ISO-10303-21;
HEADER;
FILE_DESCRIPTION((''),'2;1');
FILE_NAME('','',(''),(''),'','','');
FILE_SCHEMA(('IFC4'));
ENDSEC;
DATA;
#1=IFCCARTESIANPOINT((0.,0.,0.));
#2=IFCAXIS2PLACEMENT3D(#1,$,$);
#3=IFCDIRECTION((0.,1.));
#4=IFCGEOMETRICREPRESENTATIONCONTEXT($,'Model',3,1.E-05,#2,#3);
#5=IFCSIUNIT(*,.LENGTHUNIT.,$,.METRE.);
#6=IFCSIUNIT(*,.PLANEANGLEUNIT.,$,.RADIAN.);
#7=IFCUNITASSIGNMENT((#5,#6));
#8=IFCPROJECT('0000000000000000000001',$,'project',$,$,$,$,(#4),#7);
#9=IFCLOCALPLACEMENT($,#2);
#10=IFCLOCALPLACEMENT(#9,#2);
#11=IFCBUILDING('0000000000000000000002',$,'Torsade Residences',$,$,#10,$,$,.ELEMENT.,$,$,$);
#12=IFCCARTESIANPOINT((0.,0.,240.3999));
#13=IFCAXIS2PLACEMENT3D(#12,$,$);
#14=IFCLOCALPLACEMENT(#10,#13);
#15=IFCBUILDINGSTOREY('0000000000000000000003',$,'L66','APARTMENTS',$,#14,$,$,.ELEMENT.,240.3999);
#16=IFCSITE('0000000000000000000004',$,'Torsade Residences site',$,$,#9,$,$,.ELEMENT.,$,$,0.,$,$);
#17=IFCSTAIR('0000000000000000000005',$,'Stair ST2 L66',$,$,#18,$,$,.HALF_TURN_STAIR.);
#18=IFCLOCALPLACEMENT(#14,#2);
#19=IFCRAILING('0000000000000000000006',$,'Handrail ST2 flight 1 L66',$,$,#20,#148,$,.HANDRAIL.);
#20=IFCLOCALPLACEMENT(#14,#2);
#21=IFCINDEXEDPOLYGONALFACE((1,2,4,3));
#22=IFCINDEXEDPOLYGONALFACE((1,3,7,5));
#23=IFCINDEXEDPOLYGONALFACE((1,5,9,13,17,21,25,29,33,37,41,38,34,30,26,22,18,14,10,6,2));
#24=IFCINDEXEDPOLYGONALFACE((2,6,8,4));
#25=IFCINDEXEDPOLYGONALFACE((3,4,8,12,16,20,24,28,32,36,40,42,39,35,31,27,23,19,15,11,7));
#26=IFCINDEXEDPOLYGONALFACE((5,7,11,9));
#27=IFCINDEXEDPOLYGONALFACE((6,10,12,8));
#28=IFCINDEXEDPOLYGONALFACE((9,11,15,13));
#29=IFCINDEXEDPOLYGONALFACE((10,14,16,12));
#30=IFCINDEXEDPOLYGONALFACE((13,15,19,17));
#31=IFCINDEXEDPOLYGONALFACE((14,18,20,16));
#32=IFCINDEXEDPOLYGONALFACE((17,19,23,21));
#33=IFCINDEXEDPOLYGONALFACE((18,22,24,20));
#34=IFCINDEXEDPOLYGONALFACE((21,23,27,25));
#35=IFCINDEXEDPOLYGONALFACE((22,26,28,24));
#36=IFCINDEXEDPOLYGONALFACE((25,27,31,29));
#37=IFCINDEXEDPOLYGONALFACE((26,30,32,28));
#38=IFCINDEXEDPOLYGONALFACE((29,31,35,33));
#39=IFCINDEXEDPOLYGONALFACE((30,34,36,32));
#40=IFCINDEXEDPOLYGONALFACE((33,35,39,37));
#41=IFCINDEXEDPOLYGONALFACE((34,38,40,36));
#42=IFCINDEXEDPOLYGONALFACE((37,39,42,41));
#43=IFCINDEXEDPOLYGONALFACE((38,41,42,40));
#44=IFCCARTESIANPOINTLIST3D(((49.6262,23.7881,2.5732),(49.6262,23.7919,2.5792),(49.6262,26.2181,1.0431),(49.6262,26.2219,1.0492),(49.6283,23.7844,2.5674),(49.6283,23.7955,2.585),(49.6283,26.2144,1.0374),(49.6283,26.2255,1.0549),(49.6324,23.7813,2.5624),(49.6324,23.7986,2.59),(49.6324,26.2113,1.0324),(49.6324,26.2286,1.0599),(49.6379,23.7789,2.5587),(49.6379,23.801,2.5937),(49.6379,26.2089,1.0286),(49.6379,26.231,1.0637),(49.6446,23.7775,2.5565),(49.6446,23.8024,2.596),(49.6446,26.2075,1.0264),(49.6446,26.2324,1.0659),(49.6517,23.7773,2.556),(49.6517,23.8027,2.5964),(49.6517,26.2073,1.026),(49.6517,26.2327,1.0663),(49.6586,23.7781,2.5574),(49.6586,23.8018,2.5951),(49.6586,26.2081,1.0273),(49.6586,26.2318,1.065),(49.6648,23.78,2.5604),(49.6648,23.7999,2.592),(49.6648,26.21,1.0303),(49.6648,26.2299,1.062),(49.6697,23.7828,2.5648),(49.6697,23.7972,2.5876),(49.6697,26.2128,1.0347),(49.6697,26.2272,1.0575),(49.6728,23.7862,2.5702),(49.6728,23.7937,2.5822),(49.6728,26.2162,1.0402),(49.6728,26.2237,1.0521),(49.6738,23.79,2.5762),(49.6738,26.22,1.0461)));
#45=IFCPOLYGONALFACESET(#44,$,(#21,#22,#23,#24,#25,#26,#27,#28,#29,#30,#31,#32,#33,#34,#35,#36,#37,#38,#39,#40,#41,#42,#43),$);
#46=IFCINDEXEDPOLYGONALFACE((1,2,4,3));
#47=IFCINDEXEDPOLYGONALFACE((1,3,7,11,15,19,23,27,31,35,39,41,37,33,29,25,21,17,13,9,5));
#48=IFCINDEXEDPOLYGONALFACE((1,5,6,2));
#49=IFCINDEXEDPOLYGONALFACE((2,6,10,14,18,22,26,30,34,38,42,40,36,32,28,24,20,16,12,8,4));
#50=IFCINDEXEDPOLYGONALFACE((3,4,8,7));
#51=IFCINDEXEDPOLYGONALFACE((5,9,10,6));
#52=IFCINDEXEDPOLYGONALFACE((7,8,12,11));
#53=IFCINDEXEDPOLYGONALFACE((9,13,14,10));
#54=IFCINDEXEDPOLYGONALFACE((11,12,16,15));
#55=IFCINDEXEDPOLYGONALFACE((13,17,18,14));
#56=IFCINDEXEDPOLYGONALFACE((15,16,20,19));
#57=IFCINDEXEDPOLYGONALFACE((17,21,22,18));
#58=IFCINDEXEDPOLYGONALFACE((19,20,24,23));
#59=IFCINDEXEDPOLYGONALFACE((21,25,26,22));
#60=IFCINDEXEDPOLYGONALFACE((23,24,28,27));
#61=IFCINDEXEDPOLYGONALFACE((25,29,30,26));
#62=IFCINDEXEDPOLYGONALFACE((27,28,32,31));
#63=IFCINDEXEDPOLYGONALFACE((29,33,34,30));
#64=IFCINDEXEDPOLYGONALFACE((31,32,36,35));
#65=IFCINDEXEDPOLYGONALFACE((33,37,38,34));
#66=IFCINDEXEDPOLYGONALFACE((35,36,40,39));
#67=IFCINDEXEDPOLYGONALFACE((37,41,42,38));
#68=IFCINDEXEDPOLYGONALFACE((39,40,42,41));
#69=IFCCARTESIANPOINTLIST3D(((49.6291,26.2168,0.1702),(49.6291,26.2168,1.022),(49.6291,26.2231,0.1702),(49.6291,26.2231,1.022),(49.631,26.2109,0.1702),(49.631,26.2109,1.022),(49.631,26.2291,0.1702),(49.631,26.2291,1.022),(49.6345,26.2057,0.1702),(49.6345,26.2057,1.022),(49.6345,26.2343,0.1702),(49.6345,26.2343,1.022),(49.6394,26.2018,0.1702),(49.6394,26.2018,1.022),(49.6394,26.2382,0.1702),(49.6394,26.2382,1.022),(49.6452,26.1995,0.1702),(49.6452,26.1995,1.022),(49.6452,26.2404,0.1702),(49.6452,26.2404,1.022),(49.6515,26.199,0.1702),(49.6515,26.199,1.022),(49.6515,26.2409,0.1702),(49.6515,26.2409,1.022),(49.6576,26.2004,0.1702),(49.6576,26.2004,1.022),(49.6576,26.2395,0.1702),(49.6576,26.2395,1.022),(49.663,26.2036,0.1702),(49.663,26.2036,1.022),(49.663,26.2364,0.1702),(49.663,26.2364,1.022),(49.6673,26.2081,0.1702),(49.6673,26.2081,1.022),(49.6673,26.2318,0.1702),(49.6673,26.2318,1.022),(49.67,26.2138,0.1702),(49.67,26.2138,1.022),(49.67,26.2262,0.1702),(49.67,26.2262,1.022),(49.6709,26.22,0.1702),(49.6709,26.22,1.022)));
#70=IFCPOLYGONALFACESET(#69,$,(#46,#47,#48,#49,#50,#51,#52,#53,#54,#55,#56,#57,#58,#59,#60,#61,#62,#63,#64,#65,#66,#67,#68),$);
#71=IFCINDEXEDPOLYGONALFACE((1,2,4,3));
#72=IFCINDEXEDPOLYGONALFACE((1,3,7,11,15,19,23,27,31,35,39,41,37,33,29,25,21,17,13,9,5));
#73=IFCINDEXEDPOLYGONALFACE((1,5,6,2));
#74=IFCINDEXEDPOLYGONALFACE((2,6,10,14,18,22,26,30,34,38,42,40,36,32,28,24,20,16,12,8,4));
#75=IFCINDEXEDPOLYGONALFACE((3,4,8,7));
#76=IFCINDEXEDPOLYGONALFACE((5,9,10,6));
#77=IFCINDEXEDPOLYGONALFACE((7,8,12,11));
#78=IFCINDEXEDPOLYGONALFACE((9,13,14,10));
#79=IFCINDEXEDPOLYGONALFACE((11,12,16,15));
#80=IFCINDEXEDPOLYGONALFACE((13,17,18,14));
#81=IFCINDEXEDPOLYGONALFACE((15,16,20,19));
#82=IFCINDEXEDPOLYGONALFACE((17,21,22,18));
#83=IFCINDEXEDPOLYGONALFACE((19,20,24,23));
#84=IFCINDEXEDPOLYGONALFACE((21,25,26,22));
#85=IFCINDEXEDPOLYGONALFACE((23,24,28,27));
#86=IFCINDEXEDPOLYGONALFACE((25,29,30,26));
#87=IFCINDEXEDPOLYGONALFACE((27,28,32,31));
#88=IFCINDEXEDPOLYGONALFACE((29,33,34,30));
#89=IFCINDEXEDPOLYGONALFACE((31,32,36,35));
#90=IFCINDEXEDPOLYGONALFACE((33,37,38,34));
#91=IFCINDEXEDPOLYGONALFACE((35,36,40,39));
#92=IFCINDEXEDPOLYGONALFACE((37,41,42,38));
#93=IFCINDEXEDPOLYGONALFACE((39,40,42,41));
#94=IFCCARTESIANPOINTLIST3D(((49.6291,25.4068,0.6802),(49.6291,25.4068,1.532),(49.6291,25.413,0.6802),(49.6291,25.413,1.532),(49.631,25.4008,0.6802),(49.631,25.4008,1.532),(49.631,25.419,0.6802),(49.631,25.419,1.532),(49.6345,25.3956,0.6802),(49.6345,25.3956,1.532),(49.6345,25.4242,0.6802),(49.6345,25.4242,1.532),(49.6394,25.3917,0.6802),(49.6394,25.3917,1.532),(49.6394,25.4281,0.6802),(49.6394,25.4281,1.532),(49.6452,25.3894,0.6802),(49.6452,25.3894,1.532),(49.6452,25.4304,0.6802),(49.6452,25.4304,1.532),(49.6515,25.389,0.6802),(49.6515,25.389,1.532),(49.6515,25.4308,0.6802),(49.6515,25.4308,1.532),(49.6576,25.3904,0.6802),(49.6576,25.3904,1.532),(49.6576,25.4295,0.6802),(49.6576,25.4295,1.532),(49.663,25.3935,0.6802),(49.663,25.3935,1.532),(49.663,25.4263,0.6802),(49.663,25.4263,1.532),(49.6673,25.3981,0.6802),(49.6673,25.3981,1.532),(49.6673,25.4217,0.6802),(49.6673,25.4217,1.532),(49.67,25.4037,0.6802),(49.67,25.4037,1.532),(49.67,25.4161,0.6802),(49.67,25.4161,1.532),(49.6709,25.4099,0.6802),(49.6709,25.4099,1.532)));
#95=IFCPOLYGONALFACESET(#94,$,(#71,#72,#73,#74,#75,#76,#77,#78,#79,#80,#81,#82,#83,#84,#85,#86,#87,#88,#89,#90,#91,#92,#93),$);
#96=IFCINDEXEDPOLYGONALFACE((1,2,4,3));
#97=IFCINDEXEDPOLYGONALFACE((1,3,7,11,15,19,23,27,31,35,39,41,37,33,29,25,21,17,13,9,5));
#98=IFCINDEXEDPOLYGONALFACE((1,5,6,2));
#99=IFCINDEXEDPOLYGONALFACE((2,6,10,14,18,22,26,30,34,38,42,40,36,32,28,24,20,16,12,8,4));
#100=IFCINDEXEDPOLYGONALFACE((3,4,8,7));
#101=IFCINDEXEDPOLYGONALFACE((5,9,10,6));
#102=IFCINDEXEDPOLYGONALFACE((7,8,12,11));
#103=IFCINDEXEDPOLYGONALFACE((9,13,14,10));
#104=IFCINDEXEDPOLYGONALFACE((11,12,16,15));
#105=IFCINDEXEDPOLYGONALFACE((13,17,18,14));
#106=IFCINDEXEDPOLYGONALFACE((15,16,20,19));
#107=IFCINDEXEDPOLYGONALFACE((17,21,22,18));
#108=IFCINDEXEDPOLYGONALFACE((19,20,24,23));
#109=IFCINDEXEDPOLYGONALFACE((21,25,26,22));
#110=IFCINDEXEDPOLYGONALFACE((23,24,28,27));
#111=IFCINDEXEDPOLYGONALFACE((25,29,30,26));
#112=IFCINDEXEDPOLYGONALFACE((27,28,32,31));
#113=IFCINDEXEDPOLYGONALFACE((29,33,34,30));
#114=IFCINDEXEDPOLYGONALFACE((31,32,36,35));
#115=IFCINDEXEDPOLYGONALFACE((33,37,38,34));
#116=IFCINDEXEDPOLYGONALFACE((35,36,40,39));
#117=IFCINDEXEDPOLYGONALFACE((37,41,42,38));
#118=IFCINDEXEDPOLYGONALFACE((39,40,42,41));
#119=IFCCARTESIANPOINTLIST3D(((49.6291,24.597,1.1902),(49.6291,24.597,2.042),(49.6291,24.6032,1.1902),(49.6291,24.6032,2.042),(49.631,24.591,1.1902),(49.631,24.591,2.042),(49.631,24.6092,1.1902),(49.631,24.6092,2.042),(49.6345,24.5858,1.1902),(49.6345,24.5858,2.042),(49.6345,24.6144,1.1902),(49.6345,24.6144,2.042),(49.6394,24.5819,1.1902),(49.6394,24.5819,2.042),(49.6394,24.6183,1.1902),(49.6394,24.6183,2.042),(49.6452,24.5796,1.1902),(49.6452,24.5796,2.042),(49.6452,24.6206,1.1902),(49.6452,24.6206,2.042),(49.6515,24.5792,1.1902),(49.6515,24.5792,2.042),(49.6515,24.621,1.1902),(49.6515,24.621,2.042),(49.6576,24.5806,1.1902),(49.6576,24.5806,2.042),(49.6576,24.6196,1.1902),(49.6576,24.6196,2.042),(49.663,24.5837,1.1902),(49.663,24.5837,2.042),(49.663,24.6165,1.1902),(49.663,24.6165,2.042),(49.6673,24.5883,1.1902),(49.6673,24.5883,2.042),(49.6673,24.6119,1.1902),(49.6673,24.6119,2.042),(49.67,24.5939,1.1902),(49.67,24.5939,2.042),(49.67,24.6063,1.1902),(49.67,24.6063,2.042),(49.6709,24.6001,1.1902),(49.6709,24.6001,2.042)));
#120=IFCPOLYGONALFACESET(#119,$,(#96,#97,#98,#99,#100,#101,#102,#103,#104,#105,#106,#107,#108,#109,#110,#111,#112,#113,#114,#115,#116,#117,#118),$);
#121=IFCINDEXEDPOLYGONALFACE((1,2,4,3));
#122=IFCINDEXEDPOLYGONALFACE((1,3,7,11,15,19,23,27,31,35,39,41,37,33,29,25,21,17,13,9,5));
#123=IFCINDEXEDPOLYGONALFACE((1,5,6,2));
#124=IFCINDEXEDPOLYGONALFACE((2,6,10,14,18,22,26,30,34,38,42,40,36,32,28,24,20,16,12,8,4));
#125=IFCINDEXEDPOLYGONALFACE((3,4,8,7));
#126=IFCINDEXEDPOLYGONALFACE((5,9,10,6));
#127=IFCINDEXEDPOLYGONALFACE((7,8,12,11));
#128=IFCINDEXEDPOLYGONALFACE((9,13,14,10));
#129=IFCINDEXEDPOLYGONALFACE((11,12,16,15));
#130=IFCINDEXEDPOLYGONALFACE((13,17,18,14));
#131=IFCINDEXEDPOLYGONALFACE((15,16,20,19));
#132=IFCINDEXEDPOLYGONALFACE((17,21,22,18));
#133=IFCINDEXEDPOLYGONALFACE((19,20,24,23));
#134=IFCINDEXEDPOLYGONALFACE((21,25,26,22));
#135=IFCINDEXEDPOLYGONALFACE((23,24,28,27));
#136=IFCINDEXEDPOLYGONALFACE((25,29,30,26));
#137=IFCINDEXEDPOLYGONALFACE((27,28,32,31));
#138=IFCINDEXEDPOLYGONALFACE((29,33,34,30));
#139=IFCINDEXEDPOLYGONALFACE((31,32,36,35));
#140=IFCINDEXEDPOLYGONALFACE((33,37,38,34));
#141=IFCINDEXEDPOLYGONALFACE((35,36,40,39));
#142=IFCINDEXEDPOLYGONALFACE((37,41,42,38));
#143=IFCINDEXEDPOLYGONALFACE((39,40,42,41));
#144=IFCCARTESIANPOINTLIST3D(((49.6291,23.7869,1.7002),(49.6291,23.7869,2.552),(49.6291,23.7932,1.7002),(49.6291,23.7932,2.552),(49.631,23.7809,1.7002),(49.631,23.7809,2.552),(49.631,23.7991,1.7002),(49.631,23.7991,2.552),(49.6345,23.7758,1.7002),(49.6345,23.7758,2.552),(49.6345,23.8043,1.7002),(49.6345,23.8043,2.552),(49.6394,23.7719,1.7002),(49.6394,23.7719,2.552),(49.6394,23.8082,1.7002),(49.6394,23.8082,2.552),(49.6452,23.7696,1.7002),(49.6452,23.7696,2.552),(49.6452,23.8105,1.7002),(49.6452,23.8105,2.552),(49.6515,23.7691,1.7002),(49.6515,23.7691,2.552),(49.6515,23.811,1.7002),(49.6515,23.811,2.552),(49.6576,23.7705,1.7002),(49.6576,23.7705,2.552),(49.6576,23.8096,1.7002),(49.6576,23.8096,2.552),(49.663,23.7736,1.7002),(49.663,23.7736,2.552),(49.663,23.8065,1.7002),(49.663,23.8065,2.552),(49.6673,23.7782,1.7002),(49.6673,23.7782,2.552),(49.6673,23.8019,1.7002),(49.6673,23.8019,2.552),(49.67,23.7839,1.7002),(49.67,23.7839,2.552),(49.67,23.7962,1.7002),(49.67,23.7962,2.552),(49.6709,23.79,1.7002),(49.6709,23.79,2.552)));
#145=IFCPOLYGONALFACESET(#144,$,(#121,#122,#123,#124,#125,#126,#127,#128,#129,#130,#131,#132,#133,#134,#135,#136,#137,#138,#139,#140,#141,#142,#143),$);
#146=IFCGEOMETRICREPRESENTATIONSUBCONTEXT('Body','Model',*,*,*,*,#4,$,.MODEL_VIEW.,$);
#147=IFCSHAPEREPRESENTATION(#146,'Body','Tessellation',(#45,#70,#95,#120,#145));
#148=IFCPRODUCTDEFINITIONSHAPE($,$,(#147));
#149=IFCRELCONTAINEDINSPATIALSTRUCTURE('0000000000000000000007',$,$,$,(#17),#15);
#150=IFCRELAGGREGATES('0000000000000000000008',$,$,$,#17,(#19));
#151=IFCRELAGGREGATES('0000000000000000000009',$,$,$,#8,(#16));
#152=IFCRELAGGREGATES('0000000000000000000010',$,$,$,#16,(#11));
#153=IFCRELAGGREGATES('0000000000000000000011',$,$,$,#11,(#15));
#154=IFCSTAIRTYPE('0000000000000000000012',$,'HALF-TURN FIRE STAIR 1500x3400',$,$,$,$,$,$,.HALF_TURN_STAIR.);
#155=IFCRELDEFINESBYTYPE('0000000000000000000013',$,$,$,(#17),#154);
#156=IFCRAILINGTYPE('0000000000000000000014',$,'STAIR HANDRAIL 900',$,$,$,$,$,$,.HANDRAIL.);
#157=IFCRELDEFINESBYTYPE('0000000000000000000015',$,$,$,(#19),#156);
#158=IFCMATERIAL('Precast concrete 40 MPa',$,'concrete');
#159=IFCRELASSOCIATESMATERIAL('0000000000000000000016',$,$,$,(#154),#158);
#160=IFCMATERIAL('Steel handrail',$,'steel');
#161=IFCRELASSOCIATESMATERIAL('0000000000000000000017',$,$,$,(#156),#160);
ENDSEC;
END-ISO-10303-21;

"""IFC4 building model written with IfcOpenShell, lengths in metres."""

from ifc_helpers import new_model, si_unit, direction, frame, origin, origin_2d, place, context, subcontext, project, spatial, circle, extrude, material, type_object, element, aggregate, save


model = new_model("IFC4")

# Units and contexts
model_context = context("Model", 3, precision=1e-05, world=origin(), true_north=direction((0.0, 1.0)))
body_context = subcontext(model_context, "Body", "Model", "MODEL_VIEW")
ifc_project = project(units=[si_unit("LENGTHUNIT", "METRE"), si_unit("PLANEANGLEUNIT", "RADIAN")], contexts=[model_context])

# Site, building, storey
site_placement = place(None, origin())
site = spatial("IfcSite", under=ifc_project, at=site_placement, Name="Torsade Residences site", CompositionType="ELEMENT", RefElevation=0.0)
building_placement = place(site_placement, origin())
building = spatial("IfcBuilding", under=site, at=building_placement, Name="Torsade Residences", CompositionType="ELEMENT")
storey_placement = place(building_placement, frame((0.0, 0.0, 240.3999)))
storey = spatial("IfcBuildingStorey", under=building, at=storey_placement, Name="L66", Description="APARTMENTS", CompositionType="ELEMENT", Elevation=240.3999)

# Stair, railing
ifc_material_1 = material(Name="Precast concrete 40 MPa", Category="concrete")
stair_type = type_object("IfcStairType", Name="HALF-TURN FIRE STAIR 1500x3400", PredefinedType="HALF_TURN_STAIR", material=ifc_material_1)
stair_placement = place(storey_placement, origin())
stair = element("IfcStair", 1, at=stair_placement, inside=storey, type_object=stair_type, Name="Stair ST2 L66", PredefinedType="HALF_TURN_STAIR")
ifc_material_2 = material(Name="Steel handrail", Category="steel")
railing_type = type_object("IfcRailingType", Name="STAIR HANDRAIL 900", PredefinedType="HANDRAIL", material=ifc_material_2)
railing_1_placement = place(storey_placement, frame((49.6499, 26.22, 0.1702)))
railing_1 = element("IfcRailing", 2, at=railing_1_placement, type_object=railing_type, Name="Handrail ST2 flight 1 L66", PredefinedType="HANDRAIL", context=body_context, shape_type="SweptSolid", body=[
    extrude(circle(Radius=0.0239, at=origin_2d()), frame((0.0, 0.0, 0.876), z_axis=(0.0, -0.846221, 0.532831), x_axis=(1.0, 0.0, 0.0)), (0.0, 0.0, 1.0), 2.8716),
    extrude(circle(Radius=0.021, at=origin_2d()), origin(), (0.0, 0.0, 1.0), 0.8518),
    extrude(circle(Radius=0.021, at=origin_2d()), frame((0.0, -0.8101, 0.51)), (0.0, 0.0, 1.0), 0.8518),
    extrude(circle(Radius=0.021, at=origin_2d()), frame((0.0, -1.6199, 1.02)), (0.0, 0.0, 1.0), 0.8518),
    extrude(circle(Radius=0.021, at=origin_2d()), frame((0.0, -2.4299, 1.53)), (0.0, 0.0, 1.0), 0.8518),
])
aggregate(stair, [railing_1])

save(model, "model.ifc")
